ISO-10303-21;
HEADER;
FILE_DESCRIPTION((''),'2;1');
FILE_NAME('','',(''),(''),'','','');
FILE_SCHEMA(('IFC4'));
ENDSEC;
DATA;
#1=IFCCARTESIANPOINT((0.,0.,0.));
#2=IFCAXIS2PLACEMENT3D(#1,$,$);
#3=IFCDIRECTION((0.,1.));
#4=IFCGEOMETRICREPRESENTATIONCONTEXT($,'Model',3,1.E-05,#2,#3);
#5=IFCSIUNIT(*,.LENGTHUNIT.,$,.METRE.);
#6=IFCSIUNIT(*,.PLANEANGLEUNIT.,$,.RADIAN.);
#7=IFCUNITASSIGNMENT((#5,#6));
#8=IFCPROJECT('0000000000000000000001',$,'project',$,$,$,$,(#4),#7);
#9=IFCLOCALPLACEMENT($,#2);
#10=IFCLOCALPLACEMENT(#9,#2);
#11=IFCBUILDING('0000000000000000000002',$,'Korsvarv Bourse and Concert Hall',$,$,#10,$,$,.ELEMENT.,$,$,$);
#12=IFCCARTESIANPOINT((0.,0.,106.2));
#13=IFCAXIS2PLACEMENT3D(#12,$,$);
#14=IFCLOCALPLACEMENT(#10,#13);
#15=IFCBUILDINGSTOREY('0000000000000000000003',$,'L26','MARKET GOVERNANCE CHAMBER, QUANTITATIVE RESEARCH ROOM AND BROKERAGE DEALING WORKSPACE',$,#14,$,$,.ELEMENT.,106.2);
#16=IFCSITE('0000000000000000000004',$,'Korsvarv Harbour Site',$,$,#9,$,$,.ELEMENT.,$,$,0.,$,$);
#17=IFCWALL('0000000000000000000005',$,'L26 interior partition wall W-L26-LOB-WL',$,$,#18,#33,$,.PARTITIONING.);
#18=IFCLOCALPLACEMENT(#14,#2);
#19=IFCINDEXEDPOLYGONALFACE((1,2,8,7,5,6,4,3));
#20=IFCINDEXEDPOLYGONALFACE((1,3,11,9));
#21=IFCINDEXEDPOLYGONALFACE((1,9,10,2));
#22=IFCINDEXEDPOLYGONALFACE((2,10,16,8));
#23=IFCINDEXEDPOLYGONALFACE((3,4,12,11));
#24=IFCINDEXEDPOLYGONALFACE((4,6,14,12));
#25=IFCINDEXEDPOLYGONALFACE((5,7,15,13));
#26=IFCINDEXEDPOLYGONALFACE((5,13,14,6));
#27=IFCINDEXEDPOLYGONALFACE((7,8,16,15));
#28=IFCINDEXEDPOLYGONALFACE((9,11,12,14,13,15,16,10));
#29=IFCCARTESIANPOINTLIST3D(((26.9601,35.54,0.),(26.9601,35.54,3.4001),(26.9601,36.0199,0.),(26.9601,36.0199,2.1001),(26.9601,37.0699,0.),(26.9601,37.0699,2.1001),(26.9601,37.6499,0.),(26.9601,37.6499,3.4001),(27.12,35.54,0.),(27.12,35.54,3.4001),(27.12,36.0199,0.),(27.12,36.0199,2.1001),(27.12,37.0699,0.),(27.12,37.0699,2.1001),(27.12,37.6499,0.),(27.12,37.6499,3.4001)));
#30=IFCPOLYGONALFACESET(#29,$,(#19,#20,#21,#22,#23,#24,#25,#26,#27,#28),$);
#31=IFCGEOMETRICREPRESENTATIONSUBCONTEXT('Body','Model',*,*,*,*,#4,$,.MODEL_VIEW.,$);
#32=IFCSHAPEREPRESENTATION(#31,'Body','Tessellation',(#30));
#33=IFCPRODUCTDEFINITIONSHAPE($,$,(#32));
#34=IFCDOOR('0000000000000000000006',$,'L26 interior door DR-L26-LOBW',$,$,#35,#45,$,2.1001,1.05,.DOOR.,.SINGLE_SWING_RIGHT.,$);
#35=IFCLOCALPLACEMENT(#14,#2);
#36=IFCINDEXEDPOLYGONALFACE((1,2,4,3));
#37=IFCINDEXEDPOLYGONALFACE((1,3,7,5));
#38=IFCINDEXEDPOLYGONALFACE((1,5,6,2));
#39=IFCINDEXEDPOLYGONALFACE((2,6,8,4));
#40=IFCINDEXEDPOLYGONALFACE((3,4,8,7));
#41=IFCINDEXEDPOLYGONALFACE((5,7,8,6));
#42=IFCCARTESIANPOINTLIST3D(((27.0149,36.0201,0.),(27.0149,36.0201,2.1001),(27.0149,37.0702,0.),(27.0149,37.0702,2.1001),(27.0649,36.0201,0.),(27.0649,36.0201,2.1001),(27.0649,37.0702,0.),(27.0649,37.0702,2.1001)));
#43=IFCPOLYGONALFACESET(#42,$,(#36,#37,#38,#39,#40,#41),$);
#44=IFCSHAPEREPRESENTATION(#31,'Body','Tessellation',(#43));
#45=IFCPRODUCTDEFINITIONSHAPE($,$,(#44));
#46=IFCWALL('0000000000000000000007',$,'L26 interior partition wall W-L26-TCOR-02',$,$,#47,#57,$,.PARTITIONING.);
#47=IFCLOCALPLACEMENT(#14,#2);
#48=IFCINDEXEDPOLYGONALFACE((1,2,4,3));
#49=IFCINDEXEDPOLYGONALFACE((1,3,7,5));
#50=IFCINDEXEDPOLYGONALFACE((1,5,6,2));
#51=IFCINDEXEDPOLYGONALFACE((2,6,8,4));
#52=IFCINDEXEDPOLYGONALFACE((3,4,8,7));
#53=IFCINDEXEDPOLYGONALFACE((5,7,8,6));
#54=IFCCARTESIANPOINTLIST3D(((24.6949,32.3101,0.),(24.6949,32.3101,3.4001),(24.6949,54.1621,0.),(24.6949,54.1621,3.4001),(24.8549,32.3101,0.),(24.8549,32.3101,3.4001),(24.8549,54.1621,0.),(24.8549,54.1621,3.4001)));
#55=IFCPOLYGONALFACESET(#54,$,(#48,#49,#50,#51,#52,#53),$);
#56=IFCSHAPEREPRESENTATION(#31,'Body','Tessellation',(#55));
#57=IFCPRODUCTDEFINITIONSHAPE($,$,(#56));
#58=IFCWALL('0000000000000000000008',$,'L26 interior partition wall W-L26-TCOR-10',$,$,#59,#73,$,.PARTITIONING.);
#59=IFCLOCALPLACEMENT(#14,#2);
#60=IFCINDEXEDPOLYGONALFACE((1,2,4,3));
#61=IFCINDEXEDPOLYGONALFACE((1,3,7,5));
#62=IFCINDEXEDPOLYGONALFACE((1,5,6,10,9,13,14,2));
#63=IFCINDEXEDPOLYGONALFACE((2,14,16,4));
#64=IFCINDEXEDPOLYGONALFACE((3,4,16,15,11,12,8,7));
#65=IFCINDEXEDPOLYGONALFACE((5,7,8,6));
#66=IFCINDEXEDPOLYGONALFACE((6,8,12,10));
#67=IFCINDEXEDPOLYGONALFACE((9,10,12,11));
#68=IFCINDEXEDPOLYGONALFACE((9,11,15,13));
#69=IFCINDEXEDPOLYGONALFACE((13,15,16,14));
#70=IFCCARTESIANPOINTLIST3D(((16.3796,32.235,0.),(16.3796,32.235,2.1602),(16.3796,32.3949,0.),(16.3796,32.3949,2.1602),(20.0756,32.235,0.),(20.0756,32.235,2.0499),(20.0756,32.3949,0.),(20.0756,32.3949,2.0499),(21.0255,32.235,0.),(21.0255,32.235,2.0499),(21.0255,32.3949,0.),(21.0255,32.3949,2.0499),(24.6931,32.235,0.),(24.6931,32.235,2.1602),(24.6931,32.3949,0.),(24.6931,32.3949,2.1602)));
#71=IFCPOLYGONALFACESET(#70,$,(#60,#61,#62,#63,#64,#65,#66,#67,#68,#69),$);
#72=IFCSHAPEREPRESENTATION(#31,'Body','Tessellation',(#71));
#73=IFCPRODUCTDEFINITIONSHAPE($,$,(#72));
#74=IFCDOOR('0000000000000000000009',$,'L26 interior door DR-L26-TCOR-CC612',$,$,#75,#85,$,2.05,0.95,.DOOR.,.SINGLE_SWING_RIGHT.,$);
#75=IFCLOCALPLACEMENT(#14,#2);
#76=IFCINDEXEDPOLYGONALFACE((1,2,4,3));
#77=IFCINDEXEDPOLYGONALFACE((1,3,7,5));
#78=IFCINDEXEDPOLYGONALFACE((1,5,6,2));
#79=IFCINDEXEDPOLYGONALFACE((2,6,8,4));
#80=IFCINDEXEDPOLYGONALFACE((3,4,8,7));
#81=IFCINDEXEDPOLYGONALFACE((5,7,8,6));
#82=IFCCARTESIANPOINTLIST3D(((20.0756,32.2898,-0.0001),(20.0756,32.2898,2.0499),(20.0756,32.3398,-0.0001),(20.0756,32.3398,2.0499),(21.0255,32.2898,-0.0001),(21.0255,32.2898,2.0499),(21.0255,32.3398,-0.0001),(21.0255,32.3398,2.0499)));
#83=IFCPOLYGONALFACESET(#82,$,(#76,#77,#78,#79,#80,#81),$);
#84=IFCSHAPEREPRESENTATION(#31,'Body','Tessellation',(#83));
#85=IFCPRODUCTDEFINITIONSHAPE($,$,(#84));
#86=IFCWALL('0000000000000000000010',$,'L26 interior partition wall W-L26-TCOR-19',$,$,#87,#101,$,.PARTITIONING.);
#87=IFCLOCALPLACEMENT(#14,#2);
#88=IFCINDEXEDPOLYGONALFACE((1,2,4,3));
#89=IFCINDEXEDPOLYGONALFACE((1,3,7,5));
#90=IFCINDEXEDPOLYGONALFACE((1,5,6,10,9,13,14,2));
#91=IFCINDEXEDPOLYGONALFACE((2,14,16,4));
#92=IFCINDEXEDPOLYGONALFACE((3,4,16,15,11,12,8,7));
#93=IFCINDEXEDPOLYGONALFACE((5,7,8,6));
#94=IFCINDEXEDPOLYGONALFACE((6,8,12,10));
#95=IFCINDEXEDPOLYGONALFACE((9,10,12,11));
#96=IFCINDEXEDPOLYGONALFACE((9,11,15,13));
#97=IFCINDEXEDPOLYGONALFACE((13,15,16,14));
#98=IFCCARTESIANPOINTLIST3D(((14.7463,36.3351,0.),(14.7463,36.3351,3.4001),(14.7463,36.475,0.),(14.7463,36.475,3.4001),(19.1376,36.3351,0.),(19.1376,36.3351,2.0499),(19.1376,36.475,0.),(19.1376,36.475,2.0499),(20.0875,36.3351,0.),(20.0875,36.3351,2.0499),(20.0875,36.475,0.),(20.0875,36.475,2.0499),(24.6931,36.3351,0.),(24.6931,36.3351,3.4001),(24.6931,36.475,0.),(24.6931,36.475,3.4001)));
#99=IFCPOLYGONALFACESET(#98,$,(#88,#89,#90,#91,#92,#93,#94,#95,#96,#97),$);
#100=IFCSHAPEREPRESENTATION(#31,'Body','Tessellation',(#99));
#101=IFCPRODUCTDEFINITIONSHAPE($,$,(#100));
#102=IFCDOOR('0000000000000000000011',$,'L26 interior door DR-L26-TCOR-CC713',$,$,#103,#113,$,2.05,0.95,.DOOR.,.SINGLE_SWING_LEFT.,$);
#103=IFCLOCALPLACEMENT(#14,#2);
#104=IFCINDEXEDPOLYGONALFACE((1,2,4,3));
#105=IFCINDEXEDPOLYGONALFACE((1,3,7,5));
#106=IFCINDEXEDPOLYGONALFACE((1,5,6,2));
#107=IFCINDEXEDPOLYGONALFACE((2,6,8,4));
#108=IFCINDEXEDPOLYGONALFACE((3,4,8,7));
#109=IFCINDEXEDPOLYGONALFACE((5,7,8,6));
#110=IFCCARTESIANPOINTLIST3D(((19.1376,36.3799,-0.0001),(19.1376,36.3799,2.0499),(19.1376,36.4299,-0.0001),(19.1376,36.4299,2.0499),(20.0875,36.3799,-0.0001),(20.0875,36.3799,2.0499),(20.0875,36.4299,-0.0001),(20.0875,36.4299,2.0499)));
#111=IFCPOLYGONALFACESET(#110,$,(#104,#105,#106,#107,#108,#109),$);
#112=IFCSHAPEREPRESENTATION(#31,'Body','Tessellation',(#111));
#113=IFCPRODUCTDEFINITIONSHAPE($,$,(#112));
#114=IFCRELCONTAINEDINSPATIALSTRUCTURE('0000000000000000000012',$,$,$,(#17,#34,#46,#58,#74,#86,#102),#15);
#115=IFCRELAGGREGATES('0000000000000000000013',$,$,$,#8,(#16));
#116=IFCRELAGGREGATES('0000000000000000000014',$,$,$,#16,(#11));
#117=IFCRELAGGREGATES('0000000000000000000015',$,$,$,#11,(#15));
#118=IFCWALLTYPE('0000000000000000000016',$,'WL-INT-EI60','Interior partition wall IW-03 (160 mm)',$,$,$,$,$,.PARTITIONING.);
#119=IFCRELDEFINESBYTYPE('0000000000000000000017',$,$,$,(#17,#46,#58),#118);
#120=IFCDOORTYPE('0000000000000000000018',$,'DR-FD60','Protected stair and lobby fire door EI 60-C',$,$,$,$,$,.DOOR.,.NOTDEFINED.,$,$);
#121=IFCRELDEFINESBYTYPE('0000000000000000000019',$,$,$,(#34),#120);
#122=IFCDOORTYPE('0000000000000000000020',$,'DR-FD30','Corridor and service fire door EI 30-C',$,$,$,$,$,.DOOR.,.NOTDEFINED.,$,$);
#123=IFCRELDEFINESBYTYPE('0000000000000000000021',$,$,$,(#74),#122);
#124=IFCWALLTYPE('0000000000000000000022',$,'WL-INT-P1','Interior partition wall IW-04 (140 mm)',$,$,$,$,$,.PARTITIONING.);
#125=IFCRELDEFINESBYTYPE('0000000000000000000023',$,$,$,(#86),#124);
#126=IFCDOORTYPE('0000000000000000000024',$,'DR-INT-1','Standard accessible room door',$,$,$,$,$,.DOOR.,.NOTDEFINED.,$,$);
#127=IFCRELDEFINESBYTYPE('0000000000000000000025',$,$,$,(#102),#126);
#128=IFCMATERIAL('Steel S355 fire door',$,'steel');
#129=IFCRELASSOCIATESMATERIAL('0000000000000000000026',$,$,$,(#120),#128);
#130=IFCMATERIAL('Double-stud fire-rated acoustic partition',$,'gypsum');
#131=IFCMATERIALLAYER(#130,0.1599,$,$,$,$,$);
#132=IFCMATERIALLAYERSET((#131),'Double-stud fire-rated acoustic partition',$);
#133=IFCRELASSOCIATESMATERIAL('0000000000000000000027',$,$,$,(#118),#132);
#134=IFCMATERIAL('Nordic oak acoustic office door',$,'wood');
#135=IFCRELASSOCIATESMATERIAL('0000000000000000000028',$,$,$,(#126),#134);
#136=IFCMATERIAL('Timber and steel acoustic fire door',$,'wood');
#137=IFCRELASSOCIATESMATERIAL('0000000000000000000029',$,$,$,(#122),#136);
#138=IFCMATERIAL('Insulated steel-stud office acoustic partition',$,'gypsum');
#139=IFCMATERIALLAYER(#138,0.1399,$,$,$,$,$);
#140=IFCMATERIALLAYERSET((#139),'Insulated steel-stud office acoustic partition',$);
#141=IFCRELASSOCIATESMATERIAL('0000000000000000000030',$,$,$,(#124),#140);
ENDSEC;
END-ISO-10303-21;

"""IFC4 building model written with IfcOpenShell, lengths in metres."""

from ifc_helpers import new_model, si_unit, direction, frame, frame_2d, origin, place, context, subcontext, project, spatial, rectangle, extrude, material, layer, layer_set, type_object, element, fill, save


model = new_model("IFC4")

# Units and contexts
model_context = context("Model", 3, precision=1e-05, world=origin(), true_north=direction((0.0, 1.0)))
body_context = subcontext(model_context, "Body", "Model", "MODEL_VIEW")
ifc_project = project(units=[si_unit("LENGTHUNIT", "METRE"), si_unit("PLANEANGLEUNIT", "RADIAN")], contexts=[model_context])

# Site, building, storey
site_placement = place(None, origin())
site = spatial("IfcSite", under=ifc_project, at=site_placement, Name="Korsvarv Harbour Site", CompositionType="ELEMENT", RefElevation=0.0)
building_placement = place(site_placement, origin())
building = spatial("IfcBuilding", under=site, at=building_placement, Name="Korsvarv Bourse and Concert Hall", CompositionType="ELEMENT")
storey_placement = place(building_placement, frame((0.0, 0.0, 106.2)))
storey = spatial("IfcBuildingStorey", under=building, at=storey_placement, Name="L26", Description="MARKET GOVERNANCE CHAMBER, QUANTITATIVE RESEARCH ROOM AND BROKERAGE DEALING WORKSPACE", CompositionType="ELEMENT", Elevation=106.2)

# Shared definitions
ifc_material_1 = material(Name="Steel S355 fire door", Category="steel")
door_type_1 = type_object("IfcDoorType", Name="DR-FD60", Description="Protected stair and lobby fire door EI 60-C", OperationType="NOTDEFINED", PredefinedType="DOOR", material=ifc_material_1)

# Shared definitions
ifc_material_2 = material(Name="Double-stud fire-rated acoustic partition", Category="gypsum")
ifc_layer_1 = layer(ifc_material_2, 0.1599)
ifc_layer_set_1 = layer_set([ifc_layer_1], Name="Double-stud fire-rated acoustic partition")
wall_type_1 = type_object("IfcWallType", Name="WL-INT-EI60", Description="Interior partition wall IW-03 (160 mm)", PredefinedType="PARTITIONING", material=ifc_layer_set_1)

# Wall, opening, door
ifc_material_3 = material(Name="Nordic oak acoustic office door", Category="wood")
door_type_2 = type_object("IfcDoorType", Name="DR-INT-1", Description="Standard accessible room door", OperationType="NOTDEFINED", PredefinedType="DOOR", material=ifc_material_3)
wall_1_placement = place(storey_placement, frame((27.04, 35.54, 0.0), z_axis=(0.0, 0.0, 1.0), x_axis=(0.0, 1.0, 0.0)))
wall_1 = element("IfcWall", 1, at=wall_1_placement, inside=storey, type_object=wall_type_1, Name="L26 interior partition wall W-L26-LOB-WL", PredefinedType="PARTITIONING", context=body_context, shape_type="SweptSolid", body=[
    extrude(rectangle(XDim=2.1099, YDim=0.1599, at=frame_2d((1.0549, 0.0))), origin(), (0.0, 0.0, 1.0), 3.4001),
])
opening_1_placement = place(wall_1_placement, frame((0.48, 0.0, 0.0)))
opening_1 = element("IfcOpeningElement", 2, at=opening_1_placement, cuts=wall_1, PredefinedType="OPENING", context=body_context, shape_type="SweptSolid", body=[
    extrude(rectangle(XDim=1.05, YDim=2.1001, at=frame_2d((0.5249, 1.05))), frame((0.0, 0.0898, 0.0), z_axis=(0.0, -1.0, 0.0), x_axis=(1.0, 0.0, 0.0)), (0.0, 0.0, 1.0), 0.1799),
])
door_1_placement = place(opening_1_placement, frame((1.05, 0.0, 0.0), z_axis=(0.0, 0.0, 1.0), x_axis=(-1.0, 0.0, 0.0)))
door_1 = element("IfcDoor", 3, at=door_1_placement, inside=storey, type_object=door_type_1, Name="L26 interior door DR-L26-LOBW", OperationType="SINGLE_SWING_RIGHT", OverallHeight=2.1001, OverallWidth=1.05, PredefinedType="DOOR", context=body_context, shape_type="SweptSolid", body=[
    extrude(rectangle(XDim=1.05, YDim=2.1001, at=frame_2d((0.5249, 1.05))), frame((0.0, 0.0249, 0.0), z_axis=(0.0, -1.0, 0.0), x_axis=(1.0, 0.0, 0.0)), (0.0, 0.0, 1.0), 0.05),
])
fill(opening_1, door_1)

# Wall
wall_2_placement = place(storey_placement, frame((24.7749, 32.3101, 0.0), z_axis=(0.0, 0.0, 1.0), x_axis=(0.0, 1.0, 0.0)))
element("IfcWall", 4, at=wall_2_placement, inside=storey, type_object=wall_type_1, Name="L26 interior partition wall W-L26-TCOR-02", PredefinedType="PARTITIONING", context=body_context, shape_type="SweptSolid", body=[
    extrude(rectangle(XDim=21.8521, YDim=0.1599, at=frame_2d((10.926, 0.0))), origin(), (0.0, 0.0, 1.0), 3.4001),
])

# Walls, openings, doors
wall_3_placement = place(storey_placement, frame((16.3796, 32.3149, 0.0), z_axis=(0.0, 0.0, 1.0), x_axis=(1.0, 0.0, 0.0)))
wall_3 = element("IfcWall", 5, at=wall_3_placement, inside=storey, type_object=wall_type_1, Name="L26 interior partition wall W-L26-TCOR-10", PredefinedType="PARTITIONING", context=body_context, shape_type="SweptSolid", body=[
    extrude(rectangle(XDim=8.3135, YDim=0.1599, at=frame_2d((4.1567, 0.0))), origin(), (0.0, 0.0, 1.0), 2.1602),
])
opening_2_placement = place(wall_3_placement, frame((3.6958, 0.0, 0.0)))
opening_2 = element("IfcOpeningElement", 6, at=opening_2_placement, cuts=wall_3, PredefinedType="OPENING", context=body_context, shape_type="SweptSolid", body=[
    extrude(rectangle(XDim=0.95, YDim=2.05, at=frame_2d((0.4751, 1.0249))), frame((0.0, 0.0898, 0.0), z_axis=(0.0, -1.0, 0.0), x_axis=(1.0, 0.0, 0.0)), (0.0, 0.0, 1.0), 0.1799),
])
ifc_material_4 = material(Name="Timber and steel acoustic fire door", Category="wood")
door_type_3 = type_object("IfcDoorType", Name="DR-FD30", Description="Corridor and service fire door EI 30-C", OperationType="NOTDEFINED", PredefinedType="DOOR", material=ifc_material_4)
door_2_placement = place(opening_2_placement, origin())
door_2 = element("IfcDoor", 7, at=door_2_placement, inside=storey, type_object=door_type_3, Name="L26 interior door DR-L26-TCOR-CC612", OperationType="SINGLE_SWING_RIGHT", OverallHeight=2.05, OverallWidth=0.95, PredefinedType="DOOR", context=body_context, shape_type="SweptSolid", body=[
    extrude(rectangle(XDim=0.95, YDim=2.05, at=frame_2d((0.4751, 1.0249))), frame((0.0, 0.0249, 0.0), z_axis=(0.0, -1.0, 0.0), x_axis=(1.0, 0.0, 0.0)), (0.0, 0.0, 1.0), 0.05),
])
fill(opening_2, door_2)
ifc_material_5 = material(Name="Insulated steel-stud office acoustic partition", Category="gypsum")
ifc_layer_2 = layer(ifc_material_5, 0.1399)
ifc_layer_set_2 = layer_set([ifc_layer_2], Name="Insulated steel-stud office acoustic partition")
wall_type_2 = type_object("IfcWallType", Name="WL-INT-P1", Description="Interior partition wall IW-04 (140 mm)", PredefinedType="PARTITIONING", material=ifc_layer_set_2)
wall_4_placement = place(storey_placement, frame((14.7463, 36.405, 0.0), z_axis=(0.0, 0.0, 1.0), x_axis=(1.0, 0.0, 0.0)))
wall_4 = element("IfcWall", 8, at=wall_4_placement, inside=storey, type_object=wall_type_2, Name="L26 interior partition wall W-L26-TCOR-19", PredefinedType="PARTITIONING", context=body_context, shape_type="SweptSolid", body=[
    extrude(rectangle(XDim=9.9468, YDim=0.1399, at=frame_2d((4.9734, 0.0))), origin(), (0.0, 0.0, 1.0), 3.4001),
])
opening_3_placement = place(wall_4_placement, frame((4.3911, 0.0, 0.0)))
opening_3 = element("IfcOpeningElement", 9, at=opening_3_placement, cuts=wall_4, PredefinedType="OPENING", context=body_context, shape_type="SweptSolid", body=[
    extrude(rectangle(XDim=0.95, YDim=2.05, at=frame_2d((0.4751, 1.0249))), frame((0.0, 0.0801, 0.0), z_axis=(0.0, -1.0, 0.0), x_axis=(1.0, 0.0, 0.0)), (0.0, 0.0, 1.0), 0.1599),
])
door_3_placement = place(opening_3_placement, origin())
door_3 = element("IfcDoor", 10, at=door_3_placement, inside=storey, type_object=door_type_2, Name="L26 interior door DR-L26-TCOR-CC713", OperationType="SINGLE_SWING_LEFT", OverallHeight=2.05, OverallWidth=0.95, PredefinedType="DOOR", context=body_context, shape_type="SweptSolid", body=[
    extrude(rectangle(XDim=0.95, YDim=2.05, at=frame_2d((0.4751, 1.0249))), frame((0.0, 0.0249, 0.0), z_axis=(0.0, -1.0, 0.0), x_axis=(1.0, 0.0, 0.0)), (0.0, 0.0, 1.0), 0.05),
])
fill(opening_3, door_3)

save(model, "model.ifc")
